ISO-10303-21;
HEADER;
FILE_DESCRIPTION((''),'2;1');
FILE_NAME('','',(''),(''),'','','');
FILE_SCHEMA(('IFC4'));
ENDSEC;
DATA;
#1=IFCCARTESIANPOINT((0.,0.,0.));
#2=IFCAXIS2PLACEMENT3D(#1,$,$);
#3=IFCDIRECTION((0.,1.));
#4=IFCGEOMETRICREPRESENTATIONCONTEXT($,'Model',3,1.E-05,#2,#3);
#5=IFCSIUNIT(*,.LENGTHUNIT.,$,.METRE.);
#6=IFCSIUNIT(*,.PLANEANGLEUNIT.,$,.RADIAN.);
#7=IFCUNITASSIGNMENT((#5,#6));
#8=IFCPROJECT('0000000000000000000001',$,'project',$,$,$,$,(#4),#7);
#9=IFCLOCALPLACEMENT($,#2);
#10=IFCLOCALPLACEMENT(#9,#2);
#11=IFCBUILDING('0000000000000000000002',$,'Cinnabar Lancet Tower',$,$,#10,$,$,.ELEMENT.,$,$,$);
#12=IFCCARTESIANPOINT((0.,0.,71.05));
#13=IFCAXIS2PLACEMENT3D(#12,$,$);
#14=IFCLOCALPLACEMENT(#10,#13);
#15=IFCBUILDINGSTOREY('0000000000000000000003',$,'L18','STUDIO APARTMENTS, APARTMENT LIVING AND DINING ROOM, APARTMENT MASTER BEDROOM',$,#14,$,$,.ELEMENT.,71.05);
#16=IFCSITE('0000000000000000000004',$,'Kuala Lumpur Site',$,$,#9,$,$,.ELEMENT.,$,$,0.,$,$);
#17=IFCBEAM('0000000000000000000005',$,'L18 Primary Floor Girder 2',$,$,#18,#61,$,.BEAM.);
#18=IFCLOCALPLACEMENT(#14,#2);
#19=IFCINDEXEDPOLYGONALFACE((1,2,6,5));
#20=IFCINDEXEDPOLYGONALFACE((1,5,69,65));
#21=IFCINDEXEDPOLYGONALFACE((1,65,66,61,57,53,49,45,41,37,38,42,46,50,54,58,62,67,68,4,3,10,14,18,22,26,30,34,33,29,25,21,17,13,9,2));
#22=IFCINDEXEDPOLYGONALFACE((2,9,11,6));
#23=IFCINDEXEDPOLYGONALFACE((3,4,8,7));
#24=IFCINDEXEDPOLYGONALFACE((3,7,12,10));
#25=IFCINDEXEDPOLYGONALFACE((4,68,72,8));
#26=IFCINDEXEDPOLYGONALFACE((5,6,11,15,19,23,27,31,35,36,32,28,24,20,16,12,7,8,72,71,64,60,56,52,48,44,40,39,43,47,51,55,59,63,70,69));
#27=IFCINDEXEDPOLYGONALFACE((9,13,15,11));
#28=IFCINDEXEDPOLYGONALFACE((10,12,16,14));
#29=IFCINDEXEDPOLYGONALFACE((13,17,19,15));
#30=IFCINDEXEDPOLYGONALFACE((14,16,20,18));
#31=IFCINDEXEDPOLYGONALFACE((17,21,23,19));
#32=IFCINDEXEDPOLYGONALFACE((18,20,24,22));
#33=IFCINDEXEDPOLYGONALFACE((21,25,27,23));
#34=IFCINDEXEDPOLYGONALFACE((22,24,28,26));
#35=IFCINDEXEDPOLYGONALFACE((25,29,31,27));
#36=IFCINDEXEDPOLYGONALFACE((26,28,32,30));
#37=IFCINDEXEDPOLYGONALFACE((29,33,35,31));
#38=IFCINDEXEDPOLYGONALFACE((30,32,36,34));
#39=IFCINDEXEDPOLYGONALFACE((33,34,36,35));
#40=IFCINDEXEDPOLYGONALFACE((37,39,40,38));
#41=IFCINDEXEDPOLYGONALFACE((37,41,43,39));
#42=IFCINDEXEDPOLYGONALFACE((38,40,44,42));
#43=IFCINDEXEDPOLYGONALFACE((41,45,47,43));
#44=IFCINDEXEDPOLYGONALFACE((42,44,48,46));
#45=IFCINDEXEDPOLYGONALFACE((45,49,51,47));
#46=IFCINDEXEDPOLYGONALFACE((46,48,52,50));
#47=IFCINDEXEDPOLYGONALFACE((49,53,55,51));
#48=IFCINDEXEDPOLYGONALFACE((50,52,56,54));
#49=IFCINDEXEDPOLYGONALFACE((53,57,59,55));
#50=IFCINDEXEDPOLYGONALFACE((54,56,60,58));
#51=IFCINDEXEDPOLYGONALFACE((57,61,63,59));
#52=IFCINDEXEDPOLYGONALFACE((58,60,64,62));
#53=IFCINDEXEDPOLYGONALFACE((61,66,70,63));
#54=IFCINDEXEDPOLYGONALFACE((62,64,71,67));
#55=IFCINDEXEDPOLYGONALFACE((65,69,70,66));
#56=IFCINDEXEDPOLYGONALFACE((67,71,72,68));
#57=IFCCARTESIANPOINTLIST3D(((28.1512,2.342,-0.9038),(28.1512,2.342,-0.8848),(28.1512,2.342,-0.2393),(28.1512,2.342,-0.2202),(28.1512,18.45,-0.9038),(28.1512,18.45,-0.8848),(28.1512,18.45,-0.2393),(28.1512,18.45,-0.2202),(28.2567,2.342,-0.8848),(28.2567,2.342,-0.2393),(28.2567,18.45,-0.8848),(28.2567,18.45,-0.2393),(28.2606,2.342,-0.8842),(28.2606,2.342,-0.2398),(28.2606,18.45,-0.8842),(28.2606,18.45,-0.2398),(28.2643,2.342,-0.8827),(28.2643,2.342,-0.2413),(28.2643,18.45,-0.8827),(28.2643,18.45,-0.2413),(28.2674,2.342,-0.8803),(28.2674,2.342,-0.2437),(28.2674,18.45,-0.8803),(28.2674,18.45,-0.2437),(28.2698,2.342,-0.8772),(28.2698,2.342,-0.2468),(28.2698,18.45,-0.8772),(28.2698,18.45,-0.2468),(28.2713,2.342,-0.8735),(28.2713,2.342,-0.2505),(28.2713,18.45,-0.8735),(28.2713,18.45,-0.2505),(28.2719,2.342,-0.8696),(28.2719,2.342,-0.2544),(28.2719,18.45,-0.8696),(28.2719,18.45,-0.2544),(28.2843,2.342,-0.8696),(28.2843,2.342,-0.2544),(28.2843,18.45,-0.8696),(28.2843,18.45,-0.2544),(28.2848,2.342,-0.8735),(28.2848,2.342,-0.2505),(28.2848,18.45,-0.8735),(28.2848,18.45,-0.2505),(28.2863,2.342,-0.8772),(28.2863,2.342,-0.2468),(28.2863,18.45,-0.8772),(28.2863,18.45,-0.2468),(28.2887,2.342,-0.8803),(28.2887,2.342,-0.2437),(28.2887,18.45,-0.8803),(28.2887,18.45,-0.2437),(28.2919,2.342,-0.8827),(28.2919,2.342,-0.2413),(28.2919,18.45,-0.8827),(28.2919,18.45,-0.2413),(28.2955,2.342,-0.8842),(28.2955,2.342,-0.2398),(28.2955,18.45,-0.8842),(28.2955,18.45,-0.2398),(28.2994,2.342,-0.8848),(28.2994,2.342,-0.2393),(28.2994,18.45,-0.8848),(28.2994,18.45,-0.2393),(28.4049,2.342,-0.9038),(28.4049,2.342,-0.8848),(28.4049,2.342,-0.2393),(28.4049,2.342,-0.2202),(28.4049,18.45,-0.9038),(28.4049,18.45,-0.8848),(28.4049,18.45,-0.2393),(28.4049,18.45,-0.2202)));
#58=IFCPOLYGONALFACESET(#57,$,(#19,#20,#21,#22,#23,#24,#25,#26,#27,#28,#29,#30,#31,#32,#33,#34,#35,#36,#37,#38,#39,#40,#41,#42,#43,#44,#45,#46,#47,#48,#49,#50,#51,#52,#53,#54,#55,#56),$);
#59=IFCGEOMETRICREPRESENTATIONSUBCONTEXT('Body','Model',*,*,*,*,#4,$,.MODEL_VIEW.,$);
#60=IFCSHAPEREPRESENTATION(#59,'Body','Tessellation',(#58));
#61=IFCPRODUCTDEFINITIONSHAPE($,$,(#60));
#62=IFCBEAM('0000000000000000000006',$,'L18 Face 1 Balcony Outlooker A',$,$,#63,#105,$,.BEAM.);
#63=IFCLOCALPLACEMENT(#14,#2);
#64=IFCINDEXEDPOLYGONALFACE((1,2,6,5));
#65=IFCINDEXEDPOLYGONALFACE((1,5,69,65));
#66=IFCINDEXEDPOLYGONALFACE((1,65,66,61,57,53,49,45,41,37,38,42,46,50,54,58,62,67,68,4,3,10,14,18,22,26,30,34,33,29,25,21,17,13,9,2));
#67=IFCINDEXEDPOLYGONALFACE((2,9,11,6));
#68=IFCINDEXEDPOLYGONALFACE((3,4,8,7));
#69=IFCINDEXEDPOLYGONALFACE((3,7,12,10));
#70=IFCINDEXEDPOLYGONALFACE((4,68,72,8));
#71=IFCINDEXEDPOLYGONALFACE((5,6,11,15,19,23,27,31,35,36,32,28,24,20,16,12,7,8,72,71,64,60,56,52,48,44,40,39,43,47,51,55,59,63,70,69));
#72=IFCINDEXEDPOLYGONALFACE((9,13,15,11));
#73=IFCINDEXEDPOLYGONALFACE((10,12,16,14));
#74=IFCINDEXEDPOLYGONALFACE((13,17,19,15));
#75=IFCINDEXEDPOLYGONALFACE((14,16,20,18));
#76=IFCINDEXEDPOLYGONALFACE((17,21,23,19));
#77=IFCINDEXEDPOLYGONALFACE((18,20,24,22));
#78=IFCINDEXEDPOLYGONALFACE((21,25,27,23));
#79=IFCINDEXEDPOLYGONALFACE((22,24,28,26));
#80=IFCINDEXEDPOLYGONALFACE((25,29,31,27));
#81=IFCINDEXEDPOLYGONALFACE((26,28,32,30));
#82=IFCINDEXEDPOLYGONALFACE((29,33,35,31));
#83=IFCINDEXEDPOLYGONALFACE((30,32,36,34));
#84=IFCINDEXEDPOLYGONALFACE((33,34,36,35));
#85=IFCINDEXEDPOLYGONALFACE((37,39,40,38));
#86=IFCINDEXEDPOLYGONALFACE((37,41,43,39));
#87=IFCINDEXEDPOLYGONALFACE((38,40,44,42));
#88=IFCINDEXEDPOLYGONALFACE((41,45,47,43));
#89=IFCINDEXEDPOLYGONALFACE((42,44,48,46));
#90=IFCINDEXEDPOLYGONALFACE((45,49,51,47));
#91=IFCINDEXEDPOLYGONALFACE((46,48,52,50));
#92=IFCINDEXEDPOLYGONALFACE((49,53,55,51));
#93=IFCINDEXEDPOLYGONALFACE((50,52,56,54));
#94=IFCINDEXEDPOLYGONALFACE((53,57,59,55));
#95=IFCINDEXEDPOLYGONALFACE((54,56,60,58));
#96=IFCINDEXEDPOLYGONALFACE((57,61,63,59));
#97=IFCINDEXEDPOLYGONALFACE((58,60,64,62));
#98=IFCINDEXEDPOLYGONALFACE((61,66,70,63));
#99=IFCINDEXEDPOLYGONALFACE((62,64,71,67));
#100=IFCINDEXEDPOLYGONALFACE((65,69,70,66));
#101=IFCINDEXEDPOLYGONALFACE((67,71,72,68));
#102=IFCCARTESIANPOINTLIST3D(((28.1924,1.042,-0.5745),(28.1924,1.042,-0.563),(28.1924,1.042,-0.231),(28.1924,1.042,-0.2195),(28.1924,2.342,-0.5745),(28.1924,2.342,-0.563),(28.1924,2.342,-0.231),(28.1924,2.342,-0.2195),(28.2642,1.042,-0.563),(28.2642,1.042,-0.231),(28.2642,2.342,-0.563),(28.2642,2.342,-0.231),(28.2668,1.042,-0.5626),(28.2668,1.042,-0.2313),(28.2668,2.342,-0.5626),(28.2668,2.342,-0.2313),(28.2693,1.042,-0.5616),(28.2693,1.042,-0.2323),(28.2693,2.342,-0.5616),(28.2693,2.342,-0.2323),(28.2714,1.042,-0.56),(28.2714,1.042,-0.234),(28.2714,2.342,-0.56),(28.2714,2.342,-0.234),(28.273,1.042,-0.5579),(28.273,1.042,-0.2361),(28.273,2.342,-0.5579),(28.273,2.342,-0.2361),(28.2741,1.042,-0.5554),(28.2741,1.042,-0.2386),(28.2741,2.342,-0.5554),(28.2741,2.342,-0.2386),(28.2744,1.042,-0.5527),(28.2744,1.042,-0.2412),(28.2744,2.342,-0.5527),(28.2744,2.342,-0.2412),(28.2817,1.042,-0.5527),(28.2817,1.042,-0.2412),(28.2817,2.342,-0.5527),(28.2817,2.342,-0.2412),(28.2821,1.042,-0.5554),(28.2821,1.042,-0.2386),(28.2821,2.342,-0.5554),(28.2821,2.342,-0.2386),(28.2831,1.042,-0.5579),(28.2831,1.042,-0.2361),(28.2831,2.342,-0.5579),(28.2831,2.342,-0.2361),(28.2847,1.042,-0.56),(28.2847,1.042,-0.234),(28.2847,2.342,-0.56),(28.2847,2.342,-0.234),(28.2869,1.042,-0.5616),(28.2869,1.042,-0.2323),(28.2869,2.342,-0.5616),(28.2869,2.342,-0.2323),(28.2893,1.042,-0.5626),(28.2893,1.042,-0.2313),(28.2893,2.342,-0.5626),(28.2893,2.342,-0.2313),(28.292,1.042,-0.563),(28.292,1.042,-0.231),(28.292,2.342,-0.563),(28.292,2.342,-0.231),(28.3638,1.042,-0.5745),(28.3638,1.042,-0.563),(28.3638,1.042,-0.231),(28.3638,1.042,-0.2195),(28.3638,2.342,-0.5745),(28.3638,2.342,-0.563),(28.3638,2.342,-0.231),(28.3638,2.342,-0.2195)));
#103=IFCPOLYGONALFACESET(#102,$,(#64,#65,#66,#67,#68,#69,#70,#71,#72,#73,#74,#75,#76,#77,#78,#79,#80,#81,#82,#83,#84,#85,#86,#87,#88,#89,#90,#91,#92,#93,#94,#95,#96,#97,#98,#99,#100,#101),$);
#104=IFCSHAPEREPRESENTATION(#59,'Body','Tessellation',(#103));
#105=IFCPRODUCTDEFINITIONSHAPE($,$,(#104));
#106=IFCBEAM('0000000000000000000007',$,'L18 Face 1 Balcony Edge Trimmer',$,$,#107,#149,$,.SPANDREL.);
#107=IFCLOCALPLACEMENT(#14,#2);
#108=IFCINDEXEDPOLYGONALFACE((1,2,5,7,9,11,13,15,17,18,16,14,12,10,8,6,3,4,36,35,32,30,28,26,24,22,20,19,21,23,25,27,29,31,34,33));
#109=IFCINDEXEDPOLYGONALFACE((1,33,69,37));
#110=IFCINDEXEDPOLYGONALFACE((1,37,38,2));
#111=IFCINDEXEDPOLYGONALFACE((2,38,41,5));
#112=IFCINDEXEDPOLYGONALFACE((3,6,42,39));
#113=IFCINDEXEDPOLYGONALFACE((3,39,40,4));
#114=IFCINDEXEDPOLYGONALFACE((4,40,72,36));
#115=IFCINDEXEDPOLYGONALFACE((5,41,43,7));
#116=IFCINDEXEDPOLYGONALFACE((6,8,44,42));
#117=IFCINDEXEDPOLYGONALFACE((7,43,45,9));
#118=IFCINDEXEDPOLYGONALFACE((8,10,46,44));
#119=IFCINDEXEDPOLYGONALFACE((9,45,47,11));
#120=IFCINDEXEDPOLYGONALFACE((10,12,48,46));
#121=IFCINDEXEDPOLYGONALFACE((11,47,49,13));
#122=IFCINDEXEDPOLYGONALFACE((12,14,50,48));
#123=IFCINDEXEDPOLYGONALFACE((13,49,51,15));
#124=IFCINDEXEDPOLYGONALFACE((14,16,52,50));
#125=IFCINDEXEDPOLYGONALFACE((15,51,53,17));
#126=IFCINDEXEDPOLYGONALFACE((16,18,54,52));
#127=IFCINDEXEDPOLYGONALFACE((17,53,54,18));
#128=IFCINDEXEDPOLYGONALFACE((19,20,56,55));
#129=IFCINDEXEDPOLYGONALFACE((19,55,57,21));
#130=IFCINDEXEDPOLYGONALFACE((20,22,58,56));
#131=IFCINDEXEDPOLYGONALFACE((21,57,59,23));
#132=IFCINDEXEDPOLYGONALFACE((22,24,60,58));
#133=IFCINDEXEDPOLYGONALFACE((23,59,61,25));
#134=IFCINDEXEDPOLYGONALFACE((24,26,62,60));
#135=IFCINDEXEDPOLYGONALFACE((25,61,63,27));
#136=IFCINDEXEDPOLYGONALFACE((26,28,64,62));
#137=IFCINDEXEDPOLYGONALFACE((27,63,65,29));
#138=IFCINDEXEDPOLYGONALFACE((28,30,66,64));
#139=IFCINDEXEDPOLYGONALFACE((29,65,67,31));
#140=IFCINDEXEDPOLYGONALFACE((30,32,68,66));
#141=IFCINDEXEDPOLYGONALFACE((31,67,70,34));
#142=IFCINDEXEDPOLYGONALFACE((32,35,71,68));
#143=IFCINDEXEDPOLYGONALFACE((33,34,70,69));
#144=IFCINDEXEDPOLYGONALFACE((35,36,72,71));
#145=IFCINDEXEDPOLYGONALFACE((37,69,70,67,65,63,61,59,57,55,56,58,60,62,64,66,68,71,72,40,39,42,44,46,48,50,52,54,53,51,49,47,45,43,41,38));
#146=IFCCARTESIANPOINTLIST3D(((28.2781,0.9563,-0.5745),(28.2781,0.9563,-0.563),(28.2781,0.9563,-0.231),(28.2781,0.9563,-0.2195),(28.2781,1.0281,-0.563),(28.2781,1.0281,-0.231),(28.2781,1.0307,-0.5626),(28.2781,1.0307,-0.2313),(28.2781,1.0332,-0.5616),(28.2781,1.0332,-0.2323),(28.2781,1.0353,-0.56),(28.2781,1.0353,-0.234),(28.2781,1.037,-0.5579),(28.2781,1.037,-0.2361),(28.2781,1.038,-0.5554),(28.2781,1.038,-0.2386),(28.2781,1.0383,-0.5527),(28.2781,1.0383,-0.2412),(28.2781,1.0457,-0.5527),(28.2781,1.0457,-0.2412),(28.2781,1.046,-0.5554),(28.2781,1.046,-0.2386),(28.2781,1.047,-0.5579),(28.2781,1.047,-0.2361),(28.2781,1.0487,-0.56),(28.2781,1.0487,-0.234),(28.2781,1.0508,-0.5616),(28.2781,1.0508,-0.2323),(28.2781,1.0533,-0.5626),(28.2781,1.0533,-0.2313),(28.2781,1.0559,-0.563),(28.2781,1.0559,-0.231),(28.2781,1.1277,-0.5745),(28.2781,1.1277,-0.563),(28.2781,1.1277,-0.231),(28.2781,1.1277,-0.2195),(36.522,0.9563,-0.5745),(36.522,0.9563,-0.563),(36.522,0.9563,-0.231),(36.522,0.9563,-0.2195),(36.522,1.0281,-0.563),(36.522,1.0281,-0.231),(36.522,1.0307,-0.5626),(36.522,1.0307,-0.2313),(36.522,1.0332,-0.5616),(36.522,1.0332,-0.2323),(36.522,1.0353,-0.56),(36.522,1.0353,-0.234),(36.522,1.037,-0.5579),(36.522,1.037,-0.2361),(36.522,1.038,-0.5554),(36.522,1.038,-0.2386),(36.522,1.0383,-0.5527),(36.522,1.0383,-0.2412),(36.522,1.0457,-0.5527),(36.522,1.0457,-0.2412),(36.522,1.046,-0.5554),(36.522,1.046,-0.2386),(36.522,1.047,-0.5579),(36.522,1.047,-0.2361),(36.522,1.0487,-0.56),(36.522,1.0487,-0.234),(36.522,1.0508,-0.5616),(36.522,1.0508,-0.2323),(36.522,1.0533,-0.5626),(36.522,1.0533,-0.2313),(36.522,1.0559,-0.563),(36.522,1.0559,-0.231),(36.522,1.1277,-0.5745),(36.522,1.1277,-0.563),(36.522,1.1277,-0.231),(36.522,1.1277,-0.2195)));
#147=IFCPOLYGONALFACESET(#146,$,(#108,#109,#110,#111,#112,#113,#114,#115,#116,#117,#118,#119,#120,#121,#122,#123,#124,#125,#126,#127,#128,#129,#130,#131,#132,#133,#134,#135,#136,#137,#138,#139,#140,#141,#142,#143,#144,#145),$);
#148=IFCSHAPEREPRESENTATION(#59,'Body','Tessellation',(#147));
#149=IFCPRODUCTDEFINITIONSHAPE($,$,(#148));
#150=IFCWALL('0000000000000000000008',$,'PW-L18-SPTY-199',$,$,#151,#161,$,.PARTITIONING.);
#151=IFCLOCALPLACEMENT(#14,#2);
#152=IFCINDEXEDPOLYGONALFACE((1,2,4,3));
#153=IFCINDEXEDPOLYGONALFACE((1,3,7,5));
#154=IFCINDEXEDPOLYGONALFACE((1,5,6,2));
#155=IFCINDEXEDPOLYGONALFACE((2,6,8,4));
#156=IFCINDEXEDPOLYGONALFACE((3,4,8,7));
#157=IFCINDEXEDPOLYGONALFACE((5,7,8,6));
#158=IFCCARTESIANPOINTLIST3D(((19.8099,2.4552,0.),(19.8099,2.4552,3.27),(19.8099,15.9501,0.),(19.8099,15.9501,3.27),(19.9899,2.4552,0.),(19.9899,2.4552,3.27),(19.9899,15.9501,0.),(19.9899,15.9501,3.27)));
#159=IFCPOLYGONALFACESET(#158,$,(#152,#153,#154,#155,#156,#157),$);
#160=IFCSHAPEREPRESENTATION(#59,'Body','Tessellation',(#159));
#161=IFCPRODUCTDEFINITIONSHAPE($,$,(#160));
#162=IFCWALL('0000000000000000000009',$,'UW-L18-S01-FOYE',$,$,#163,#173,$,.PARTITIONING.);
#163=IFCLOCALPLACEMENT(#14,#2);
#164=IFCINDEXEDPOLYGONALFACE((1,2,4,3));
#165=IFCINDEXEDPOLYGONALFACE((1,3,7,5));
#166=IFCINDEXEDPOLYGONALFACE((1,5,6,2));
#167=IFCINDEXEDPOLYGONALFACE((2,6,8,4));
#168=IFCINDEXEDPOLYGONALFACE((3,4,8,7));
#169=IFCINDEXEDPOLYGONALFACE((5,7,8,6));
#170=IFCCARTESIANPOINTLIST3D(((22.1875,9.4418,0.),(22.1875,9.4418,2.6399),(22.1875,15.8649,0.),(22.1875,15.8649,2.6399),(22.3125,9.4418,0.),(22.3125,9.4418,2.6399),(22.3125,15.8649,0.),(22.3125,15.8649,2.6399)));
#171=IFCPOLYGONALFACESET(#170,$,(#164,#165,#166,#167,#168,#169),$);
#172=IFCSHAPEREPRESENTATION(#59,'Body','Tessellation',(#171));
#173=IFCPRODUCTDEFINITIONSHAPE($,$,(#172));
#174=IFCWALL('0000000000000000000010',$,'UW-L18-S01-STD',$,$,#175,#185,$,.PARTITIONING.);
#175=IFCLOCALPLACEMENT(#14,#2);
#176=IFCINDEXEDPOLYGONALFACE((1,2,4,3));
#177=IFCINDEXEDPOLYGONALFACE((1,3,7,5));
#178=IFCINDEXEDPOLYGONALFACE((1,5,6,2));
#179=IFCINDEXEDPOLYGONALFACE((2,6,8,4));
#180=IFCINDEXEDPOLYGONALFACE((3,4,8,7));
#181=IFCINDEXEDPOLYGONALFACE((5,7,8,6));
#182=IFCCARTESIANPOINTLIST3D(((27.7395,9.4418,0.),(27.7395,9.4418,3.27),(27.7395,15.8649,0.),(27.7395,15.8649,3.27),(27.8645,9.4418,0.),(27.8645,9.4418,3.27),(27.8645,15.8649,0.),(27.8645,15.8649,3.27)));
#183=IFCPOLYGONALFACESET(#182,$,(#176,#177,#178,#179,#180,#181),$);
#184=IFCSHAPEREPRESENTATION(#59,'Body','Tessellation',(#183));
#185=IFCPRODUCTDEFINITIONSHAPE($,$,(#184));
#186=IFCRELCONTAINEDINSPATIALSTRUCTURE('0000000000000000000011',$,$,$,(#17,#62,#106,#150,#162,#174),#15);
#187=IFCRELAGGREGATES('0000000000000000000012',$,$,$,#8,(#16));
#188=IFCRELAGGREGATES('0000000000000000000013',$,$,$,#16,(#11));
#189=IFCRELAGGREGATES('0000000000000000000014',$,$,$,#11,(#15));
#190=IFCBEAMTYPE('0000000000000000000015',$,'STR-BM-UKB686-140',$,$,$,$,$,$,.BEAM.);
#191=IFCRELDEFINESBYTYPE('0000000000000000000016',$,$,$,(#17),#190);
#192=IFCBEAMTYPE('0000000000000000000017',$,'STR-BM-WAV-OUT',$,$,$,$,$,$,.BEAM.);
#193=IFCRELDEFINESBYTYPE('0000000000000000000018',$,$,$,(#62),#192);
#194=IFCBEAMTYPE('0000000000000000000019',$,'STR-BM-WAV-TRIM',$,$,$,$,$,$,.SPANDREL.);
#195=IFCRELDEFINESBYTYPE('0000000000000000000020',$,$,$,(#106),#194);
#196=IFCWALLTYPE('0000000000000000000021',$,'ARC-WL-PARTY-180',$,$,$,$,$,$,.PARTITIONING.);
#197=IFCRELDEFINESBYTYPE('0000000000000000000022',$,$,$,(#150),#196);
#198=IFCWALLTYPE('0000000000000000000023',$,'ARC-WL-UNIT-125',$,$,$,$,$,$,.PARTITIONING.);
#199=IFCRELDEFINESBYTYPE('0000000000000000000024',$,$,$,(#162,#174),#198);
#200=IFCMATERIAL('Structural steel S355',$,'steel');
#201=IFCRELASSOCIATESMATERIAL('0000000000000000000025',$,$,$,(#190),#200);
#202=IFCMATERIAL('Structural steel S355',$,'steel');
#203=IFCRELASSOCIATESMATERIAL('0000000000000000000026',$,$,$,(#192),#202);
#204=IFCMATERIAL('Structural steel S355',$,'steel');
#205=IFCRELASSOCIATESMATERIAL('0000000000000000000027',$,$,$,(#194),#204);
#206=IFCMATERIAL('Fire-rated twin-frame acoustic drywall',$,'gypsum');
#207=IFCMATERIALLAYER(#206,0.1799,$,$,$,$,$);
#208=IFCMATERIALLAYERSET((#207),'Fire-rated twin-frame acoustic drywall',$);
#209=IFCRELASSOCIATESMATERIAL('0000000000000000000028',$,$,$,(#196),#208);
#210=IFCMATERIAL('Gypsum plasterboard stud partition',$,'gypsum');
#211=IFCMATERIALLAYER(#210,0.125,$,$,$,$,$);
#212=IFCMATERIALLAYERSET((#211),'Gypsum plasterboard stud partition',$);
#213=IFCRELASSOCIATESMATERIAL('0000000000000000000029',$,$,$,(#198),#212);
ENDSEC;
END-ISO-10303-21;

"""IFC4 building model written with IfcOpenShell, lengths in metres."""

from ifc_helpers import new_model, si_unit, direction, frame, frame_2d, origin, origin_2d, place, context, subcontext, project, spatial, rectangle, i_section, extrude, material, layer, layer_set, material_profile, profile_set, type_object, element, save


model = new_model("IFC4")

# Units and contexts
model_context = context("Model", 3, precision=1e-05, world=origin(), true_north=direction((0.0, 1.0)))
body_context = subcontext(model_context, "Body", "Model", "MODEL_VIEW")
ifc_project = project(units=[si_unit("LENGTHUNIT", "METRE"), si_unit("PLANEANGLEUNIT", "RADIAN")], contexts=[model_context])

# Site, building, storey
site_placement = place(None, origin())
site = spatial("IfcSite", under=ifc_project, at=site_placement, Name="Kuala Lumpur Site", CompositionType="ELEMENT", RefElevation=0.0)
building_placement = place(site_placement, origin())
building = spatial("IfcBuilding", under=site, at=building_placement, Name="Cinnabar Lancet Tower", CompositionType="ELEMENT")
storey_placement = place(building_placement, frame((0.0, 0.0, 71.05)))
storey = spatial("IfcBuildingStorey", under=building, at=storey_placement, Name="L18", Description="STUDIO APARTMENTS, APARTMENT LIVING AND DINING ROOM, APARTMENT MASTER BEDROOM", CompositionType="ELEMENT", Elevation=71.05)

# Beams
ifc_material_1 = material(Name="Structural steel S355", Category="steel")
ifc_material_profile_1 = material_profile(ifc_material_1, i_section(OverallWidth=0.2537, OverallDepth=0.6836, WebThickness=0.0125, FlangeThickness=0.019, FilletRadius=0.0151, at=origin_2d()), Name="UKB 686x254x140")
ifc_profile_set_1 = profile_set([ifc_material_profile_1], Name="Structural steel S355")
beam_type_1 = type_object("IfcBeamType", Name="STR-BM-UKB686-140", PredefinedType="BEAM", material=ifc_profile_set_1)
beam_1_placement = place(storey_placement, frame((28.2781, 2.342, -0.562), z_axis=(0.0, 1.0, 0.0), x_axis=(-1.0, 0.0, 0.0)))
element("IfcBeam", 1, at=beam_1_placement, inside=storey, type_object=beam_type_1, Name="L18 Primary Floor Girder 2", PredefinedType="BEAM", context=body_context, shape_type="SweptSolid", body=[
    extrude(i_section(OverallWidth=0.2537, OverallDepth=0.6836, WebThickness=0.0125, FlangeThickness=0.019, FilletRadius=0.0151, at=origin_2d()), origin(), (0.0, 0.0, 1.0), 16.1079),
])
ifc_material_2 = material(Name="Structural steel S355", Category="steel")
ifc_material_profile_2 = material_profile(ifc_material_2, i_section(OverallWidth=0.1714, OverallDepth=0.355, WebThickness=0.0073, FlangeThickness=0.0115, FilletRadius=0.0103, at=origin_2d()), Name="UKB 356x171x51")
ifc_profile_set_2 = profile_set([ifc_material_profile_2], Name="Structural steel S355")
beam_type_2 = type_object("IfcBeamType", Name="STR-BM-WAV-OUT", PredefinedType="BEAM", material=ifc_profile_set_2)
beam_2_placement = place(storey_placement, frame((28.2781, 2.342, -0.397), z_axis=(0.0, -1.0, 0.0), x_axis=(1.0, 0.0, 0.0)))
element("IfcBeam", 2, at=beam_2_placement, inside=storey, type_object=beam_type_2, Name="L18 Face 1 Balcony Outlooker A", PredefinedType="BEAM", context=body_context, shape_type="SweptSolid", body=[
    extrude(i_section(OverallWidth=0.1714, OverallDepth=0.355, WebThickness=0.0073, FlangeThickness=0.0115, FilletRadius=0.0103, at=origin_2d()), origin(), (0.0, 0.0, 1.0), 1.3),
])
ifc_material_3 = material(Name="Structural steel S355", Category="steel")
ifc_material_profile_3 = material_profile(ifc_material_3, i_section(OverallWidth=0.1714, OverallDepth=0.355, WebThickness=0.0073, FlangeThickness=0.0115, FilletRadius=0.0103, at=origin_2d()), Name="UKB 356x171x51")
ifc_profile_set_3 = profile_set([ifc_material_profile_3], Name="Structural steel S355")
beam_type_3 = type_object("IfcBeamType", Name="STR-BM-WAV-TRIM", PredefinedType="SPANDREL", material=ifc_profile_set_3)
beam_3_placement = place(storey_placement, frame((28.2781, 1.042, -0.397), z_axis=(1.0, 0.0, 0.0), x_axis=(0.0, 1.0, 0.0)))
element("IfcBeam", 3, at=beam_3_placement, inside=storey, type_object=beam_type_3, Name="L18 Face 1 Balcony Edge Trimmer", PredefinedType="SPANDREL", context=body_context, shape_type="SweptSolid", body=[
    extrude(i_section(OverallWidth=0.1714, OverallDepth=0.355, WebThickness=0.0073, FlangeThickness=0.0115, FilletRadius=0.0103, at=origin_2d()), origin(), (0.0, 0.0, 1.0), 8.2439),
])

# Walls
ifc_material_4 = material(Name="Fire-rated twin-frame acoustic drywall", Category="gypsum")
ifc_layer_1 = layer(ifc_material_4, 0.1799)
ifc_layer_set_1 = layer_set([ifc_layer_1], Name="Fire-rated twin-frame acoustic drywall")
wall_type_1 = type_object("IfcWallType", Name="ARC-WL-PARTY-180", PredefinedType="PARTITIONING", material=ifc_layer_set_1)
wall_1_placement = place(storey_placement, frame((19.8999, 2.4551, 0.0), z_axis=(0.0, 0.0, 1.0), x_axis=(0.0, 1.0, 0.0)))
element("IfcWall", 4, at=wall_1_placement, inside=storey, type_object=wall_type_1, Name="PW-L18-SPTY-199", PredefinedType="PARTITIONING", context=body_context, shape_type="SweptSolid", body=[
    extrude(rectangle(XDim=13.4949, YDim=0.1799, at=frame_2d((6.7476, 0.0))), origin(), (0.0, 0.0, 1.0), 3.27),
])
ifc_material_5 = material(Name="Gypsum plasterboard stud partition", Category="gypsum")
ifc_layer_2 = layer(ifc_material_5, 0.125)
ifc_layer_set_2 = layer_set([ifc_layer_2], Name="Gypsum plasterboard stud partition")
wall_type_2 = type_object("IfcWallType", Name="ARC-WL-UNIT-125", PredefinedType="PARTITIONING", material=ifc_layer_set_2)
wall_2_placement = place(storey_placement, frame((22.25, 9.4419, 0.0), z_axis=(0.0, 0.0, 1.0), x_axis=(0.0, 1.0, 0.0)))
element("IfcWall", 5, at=wall_2_placement, inside=storey, type_object=wall_type_2, Name="UW-L18-S01-FOYE", PredefinedType="PARTITIONING", context=body_context, shape_type="SweptSolid", body=[
    extrude(rectangle(XDim=6.4231, YDim=0.125, at=frame_2d((3.2114, 0.0))), origin(), (0.0, 0.0, 1.0), 2.6399),
])
wall_3_placement = place(storey_placement, frame((27.802, 9.4419, 0.0), z_axis=(0.0, 0.0, 1.0), x_axis=(0.0, 1.0, 0.0)))
element("IfcWall", 6, at=wall_3_placement, inside=storey, type_object=wall_type_2, Name="UW-L18-S01-STD", PredefinedType="PARTITIONING", context=body_context, shape_type="SweptSolid", body=[
    extrude(rectangle(XDim=6.4231, YDim=0.125, at=frame_2d((3.2114, 0.0))), origin(), (0.0, 0.0, 1.0), 3.27),
])

save(model, "model.ifc")
